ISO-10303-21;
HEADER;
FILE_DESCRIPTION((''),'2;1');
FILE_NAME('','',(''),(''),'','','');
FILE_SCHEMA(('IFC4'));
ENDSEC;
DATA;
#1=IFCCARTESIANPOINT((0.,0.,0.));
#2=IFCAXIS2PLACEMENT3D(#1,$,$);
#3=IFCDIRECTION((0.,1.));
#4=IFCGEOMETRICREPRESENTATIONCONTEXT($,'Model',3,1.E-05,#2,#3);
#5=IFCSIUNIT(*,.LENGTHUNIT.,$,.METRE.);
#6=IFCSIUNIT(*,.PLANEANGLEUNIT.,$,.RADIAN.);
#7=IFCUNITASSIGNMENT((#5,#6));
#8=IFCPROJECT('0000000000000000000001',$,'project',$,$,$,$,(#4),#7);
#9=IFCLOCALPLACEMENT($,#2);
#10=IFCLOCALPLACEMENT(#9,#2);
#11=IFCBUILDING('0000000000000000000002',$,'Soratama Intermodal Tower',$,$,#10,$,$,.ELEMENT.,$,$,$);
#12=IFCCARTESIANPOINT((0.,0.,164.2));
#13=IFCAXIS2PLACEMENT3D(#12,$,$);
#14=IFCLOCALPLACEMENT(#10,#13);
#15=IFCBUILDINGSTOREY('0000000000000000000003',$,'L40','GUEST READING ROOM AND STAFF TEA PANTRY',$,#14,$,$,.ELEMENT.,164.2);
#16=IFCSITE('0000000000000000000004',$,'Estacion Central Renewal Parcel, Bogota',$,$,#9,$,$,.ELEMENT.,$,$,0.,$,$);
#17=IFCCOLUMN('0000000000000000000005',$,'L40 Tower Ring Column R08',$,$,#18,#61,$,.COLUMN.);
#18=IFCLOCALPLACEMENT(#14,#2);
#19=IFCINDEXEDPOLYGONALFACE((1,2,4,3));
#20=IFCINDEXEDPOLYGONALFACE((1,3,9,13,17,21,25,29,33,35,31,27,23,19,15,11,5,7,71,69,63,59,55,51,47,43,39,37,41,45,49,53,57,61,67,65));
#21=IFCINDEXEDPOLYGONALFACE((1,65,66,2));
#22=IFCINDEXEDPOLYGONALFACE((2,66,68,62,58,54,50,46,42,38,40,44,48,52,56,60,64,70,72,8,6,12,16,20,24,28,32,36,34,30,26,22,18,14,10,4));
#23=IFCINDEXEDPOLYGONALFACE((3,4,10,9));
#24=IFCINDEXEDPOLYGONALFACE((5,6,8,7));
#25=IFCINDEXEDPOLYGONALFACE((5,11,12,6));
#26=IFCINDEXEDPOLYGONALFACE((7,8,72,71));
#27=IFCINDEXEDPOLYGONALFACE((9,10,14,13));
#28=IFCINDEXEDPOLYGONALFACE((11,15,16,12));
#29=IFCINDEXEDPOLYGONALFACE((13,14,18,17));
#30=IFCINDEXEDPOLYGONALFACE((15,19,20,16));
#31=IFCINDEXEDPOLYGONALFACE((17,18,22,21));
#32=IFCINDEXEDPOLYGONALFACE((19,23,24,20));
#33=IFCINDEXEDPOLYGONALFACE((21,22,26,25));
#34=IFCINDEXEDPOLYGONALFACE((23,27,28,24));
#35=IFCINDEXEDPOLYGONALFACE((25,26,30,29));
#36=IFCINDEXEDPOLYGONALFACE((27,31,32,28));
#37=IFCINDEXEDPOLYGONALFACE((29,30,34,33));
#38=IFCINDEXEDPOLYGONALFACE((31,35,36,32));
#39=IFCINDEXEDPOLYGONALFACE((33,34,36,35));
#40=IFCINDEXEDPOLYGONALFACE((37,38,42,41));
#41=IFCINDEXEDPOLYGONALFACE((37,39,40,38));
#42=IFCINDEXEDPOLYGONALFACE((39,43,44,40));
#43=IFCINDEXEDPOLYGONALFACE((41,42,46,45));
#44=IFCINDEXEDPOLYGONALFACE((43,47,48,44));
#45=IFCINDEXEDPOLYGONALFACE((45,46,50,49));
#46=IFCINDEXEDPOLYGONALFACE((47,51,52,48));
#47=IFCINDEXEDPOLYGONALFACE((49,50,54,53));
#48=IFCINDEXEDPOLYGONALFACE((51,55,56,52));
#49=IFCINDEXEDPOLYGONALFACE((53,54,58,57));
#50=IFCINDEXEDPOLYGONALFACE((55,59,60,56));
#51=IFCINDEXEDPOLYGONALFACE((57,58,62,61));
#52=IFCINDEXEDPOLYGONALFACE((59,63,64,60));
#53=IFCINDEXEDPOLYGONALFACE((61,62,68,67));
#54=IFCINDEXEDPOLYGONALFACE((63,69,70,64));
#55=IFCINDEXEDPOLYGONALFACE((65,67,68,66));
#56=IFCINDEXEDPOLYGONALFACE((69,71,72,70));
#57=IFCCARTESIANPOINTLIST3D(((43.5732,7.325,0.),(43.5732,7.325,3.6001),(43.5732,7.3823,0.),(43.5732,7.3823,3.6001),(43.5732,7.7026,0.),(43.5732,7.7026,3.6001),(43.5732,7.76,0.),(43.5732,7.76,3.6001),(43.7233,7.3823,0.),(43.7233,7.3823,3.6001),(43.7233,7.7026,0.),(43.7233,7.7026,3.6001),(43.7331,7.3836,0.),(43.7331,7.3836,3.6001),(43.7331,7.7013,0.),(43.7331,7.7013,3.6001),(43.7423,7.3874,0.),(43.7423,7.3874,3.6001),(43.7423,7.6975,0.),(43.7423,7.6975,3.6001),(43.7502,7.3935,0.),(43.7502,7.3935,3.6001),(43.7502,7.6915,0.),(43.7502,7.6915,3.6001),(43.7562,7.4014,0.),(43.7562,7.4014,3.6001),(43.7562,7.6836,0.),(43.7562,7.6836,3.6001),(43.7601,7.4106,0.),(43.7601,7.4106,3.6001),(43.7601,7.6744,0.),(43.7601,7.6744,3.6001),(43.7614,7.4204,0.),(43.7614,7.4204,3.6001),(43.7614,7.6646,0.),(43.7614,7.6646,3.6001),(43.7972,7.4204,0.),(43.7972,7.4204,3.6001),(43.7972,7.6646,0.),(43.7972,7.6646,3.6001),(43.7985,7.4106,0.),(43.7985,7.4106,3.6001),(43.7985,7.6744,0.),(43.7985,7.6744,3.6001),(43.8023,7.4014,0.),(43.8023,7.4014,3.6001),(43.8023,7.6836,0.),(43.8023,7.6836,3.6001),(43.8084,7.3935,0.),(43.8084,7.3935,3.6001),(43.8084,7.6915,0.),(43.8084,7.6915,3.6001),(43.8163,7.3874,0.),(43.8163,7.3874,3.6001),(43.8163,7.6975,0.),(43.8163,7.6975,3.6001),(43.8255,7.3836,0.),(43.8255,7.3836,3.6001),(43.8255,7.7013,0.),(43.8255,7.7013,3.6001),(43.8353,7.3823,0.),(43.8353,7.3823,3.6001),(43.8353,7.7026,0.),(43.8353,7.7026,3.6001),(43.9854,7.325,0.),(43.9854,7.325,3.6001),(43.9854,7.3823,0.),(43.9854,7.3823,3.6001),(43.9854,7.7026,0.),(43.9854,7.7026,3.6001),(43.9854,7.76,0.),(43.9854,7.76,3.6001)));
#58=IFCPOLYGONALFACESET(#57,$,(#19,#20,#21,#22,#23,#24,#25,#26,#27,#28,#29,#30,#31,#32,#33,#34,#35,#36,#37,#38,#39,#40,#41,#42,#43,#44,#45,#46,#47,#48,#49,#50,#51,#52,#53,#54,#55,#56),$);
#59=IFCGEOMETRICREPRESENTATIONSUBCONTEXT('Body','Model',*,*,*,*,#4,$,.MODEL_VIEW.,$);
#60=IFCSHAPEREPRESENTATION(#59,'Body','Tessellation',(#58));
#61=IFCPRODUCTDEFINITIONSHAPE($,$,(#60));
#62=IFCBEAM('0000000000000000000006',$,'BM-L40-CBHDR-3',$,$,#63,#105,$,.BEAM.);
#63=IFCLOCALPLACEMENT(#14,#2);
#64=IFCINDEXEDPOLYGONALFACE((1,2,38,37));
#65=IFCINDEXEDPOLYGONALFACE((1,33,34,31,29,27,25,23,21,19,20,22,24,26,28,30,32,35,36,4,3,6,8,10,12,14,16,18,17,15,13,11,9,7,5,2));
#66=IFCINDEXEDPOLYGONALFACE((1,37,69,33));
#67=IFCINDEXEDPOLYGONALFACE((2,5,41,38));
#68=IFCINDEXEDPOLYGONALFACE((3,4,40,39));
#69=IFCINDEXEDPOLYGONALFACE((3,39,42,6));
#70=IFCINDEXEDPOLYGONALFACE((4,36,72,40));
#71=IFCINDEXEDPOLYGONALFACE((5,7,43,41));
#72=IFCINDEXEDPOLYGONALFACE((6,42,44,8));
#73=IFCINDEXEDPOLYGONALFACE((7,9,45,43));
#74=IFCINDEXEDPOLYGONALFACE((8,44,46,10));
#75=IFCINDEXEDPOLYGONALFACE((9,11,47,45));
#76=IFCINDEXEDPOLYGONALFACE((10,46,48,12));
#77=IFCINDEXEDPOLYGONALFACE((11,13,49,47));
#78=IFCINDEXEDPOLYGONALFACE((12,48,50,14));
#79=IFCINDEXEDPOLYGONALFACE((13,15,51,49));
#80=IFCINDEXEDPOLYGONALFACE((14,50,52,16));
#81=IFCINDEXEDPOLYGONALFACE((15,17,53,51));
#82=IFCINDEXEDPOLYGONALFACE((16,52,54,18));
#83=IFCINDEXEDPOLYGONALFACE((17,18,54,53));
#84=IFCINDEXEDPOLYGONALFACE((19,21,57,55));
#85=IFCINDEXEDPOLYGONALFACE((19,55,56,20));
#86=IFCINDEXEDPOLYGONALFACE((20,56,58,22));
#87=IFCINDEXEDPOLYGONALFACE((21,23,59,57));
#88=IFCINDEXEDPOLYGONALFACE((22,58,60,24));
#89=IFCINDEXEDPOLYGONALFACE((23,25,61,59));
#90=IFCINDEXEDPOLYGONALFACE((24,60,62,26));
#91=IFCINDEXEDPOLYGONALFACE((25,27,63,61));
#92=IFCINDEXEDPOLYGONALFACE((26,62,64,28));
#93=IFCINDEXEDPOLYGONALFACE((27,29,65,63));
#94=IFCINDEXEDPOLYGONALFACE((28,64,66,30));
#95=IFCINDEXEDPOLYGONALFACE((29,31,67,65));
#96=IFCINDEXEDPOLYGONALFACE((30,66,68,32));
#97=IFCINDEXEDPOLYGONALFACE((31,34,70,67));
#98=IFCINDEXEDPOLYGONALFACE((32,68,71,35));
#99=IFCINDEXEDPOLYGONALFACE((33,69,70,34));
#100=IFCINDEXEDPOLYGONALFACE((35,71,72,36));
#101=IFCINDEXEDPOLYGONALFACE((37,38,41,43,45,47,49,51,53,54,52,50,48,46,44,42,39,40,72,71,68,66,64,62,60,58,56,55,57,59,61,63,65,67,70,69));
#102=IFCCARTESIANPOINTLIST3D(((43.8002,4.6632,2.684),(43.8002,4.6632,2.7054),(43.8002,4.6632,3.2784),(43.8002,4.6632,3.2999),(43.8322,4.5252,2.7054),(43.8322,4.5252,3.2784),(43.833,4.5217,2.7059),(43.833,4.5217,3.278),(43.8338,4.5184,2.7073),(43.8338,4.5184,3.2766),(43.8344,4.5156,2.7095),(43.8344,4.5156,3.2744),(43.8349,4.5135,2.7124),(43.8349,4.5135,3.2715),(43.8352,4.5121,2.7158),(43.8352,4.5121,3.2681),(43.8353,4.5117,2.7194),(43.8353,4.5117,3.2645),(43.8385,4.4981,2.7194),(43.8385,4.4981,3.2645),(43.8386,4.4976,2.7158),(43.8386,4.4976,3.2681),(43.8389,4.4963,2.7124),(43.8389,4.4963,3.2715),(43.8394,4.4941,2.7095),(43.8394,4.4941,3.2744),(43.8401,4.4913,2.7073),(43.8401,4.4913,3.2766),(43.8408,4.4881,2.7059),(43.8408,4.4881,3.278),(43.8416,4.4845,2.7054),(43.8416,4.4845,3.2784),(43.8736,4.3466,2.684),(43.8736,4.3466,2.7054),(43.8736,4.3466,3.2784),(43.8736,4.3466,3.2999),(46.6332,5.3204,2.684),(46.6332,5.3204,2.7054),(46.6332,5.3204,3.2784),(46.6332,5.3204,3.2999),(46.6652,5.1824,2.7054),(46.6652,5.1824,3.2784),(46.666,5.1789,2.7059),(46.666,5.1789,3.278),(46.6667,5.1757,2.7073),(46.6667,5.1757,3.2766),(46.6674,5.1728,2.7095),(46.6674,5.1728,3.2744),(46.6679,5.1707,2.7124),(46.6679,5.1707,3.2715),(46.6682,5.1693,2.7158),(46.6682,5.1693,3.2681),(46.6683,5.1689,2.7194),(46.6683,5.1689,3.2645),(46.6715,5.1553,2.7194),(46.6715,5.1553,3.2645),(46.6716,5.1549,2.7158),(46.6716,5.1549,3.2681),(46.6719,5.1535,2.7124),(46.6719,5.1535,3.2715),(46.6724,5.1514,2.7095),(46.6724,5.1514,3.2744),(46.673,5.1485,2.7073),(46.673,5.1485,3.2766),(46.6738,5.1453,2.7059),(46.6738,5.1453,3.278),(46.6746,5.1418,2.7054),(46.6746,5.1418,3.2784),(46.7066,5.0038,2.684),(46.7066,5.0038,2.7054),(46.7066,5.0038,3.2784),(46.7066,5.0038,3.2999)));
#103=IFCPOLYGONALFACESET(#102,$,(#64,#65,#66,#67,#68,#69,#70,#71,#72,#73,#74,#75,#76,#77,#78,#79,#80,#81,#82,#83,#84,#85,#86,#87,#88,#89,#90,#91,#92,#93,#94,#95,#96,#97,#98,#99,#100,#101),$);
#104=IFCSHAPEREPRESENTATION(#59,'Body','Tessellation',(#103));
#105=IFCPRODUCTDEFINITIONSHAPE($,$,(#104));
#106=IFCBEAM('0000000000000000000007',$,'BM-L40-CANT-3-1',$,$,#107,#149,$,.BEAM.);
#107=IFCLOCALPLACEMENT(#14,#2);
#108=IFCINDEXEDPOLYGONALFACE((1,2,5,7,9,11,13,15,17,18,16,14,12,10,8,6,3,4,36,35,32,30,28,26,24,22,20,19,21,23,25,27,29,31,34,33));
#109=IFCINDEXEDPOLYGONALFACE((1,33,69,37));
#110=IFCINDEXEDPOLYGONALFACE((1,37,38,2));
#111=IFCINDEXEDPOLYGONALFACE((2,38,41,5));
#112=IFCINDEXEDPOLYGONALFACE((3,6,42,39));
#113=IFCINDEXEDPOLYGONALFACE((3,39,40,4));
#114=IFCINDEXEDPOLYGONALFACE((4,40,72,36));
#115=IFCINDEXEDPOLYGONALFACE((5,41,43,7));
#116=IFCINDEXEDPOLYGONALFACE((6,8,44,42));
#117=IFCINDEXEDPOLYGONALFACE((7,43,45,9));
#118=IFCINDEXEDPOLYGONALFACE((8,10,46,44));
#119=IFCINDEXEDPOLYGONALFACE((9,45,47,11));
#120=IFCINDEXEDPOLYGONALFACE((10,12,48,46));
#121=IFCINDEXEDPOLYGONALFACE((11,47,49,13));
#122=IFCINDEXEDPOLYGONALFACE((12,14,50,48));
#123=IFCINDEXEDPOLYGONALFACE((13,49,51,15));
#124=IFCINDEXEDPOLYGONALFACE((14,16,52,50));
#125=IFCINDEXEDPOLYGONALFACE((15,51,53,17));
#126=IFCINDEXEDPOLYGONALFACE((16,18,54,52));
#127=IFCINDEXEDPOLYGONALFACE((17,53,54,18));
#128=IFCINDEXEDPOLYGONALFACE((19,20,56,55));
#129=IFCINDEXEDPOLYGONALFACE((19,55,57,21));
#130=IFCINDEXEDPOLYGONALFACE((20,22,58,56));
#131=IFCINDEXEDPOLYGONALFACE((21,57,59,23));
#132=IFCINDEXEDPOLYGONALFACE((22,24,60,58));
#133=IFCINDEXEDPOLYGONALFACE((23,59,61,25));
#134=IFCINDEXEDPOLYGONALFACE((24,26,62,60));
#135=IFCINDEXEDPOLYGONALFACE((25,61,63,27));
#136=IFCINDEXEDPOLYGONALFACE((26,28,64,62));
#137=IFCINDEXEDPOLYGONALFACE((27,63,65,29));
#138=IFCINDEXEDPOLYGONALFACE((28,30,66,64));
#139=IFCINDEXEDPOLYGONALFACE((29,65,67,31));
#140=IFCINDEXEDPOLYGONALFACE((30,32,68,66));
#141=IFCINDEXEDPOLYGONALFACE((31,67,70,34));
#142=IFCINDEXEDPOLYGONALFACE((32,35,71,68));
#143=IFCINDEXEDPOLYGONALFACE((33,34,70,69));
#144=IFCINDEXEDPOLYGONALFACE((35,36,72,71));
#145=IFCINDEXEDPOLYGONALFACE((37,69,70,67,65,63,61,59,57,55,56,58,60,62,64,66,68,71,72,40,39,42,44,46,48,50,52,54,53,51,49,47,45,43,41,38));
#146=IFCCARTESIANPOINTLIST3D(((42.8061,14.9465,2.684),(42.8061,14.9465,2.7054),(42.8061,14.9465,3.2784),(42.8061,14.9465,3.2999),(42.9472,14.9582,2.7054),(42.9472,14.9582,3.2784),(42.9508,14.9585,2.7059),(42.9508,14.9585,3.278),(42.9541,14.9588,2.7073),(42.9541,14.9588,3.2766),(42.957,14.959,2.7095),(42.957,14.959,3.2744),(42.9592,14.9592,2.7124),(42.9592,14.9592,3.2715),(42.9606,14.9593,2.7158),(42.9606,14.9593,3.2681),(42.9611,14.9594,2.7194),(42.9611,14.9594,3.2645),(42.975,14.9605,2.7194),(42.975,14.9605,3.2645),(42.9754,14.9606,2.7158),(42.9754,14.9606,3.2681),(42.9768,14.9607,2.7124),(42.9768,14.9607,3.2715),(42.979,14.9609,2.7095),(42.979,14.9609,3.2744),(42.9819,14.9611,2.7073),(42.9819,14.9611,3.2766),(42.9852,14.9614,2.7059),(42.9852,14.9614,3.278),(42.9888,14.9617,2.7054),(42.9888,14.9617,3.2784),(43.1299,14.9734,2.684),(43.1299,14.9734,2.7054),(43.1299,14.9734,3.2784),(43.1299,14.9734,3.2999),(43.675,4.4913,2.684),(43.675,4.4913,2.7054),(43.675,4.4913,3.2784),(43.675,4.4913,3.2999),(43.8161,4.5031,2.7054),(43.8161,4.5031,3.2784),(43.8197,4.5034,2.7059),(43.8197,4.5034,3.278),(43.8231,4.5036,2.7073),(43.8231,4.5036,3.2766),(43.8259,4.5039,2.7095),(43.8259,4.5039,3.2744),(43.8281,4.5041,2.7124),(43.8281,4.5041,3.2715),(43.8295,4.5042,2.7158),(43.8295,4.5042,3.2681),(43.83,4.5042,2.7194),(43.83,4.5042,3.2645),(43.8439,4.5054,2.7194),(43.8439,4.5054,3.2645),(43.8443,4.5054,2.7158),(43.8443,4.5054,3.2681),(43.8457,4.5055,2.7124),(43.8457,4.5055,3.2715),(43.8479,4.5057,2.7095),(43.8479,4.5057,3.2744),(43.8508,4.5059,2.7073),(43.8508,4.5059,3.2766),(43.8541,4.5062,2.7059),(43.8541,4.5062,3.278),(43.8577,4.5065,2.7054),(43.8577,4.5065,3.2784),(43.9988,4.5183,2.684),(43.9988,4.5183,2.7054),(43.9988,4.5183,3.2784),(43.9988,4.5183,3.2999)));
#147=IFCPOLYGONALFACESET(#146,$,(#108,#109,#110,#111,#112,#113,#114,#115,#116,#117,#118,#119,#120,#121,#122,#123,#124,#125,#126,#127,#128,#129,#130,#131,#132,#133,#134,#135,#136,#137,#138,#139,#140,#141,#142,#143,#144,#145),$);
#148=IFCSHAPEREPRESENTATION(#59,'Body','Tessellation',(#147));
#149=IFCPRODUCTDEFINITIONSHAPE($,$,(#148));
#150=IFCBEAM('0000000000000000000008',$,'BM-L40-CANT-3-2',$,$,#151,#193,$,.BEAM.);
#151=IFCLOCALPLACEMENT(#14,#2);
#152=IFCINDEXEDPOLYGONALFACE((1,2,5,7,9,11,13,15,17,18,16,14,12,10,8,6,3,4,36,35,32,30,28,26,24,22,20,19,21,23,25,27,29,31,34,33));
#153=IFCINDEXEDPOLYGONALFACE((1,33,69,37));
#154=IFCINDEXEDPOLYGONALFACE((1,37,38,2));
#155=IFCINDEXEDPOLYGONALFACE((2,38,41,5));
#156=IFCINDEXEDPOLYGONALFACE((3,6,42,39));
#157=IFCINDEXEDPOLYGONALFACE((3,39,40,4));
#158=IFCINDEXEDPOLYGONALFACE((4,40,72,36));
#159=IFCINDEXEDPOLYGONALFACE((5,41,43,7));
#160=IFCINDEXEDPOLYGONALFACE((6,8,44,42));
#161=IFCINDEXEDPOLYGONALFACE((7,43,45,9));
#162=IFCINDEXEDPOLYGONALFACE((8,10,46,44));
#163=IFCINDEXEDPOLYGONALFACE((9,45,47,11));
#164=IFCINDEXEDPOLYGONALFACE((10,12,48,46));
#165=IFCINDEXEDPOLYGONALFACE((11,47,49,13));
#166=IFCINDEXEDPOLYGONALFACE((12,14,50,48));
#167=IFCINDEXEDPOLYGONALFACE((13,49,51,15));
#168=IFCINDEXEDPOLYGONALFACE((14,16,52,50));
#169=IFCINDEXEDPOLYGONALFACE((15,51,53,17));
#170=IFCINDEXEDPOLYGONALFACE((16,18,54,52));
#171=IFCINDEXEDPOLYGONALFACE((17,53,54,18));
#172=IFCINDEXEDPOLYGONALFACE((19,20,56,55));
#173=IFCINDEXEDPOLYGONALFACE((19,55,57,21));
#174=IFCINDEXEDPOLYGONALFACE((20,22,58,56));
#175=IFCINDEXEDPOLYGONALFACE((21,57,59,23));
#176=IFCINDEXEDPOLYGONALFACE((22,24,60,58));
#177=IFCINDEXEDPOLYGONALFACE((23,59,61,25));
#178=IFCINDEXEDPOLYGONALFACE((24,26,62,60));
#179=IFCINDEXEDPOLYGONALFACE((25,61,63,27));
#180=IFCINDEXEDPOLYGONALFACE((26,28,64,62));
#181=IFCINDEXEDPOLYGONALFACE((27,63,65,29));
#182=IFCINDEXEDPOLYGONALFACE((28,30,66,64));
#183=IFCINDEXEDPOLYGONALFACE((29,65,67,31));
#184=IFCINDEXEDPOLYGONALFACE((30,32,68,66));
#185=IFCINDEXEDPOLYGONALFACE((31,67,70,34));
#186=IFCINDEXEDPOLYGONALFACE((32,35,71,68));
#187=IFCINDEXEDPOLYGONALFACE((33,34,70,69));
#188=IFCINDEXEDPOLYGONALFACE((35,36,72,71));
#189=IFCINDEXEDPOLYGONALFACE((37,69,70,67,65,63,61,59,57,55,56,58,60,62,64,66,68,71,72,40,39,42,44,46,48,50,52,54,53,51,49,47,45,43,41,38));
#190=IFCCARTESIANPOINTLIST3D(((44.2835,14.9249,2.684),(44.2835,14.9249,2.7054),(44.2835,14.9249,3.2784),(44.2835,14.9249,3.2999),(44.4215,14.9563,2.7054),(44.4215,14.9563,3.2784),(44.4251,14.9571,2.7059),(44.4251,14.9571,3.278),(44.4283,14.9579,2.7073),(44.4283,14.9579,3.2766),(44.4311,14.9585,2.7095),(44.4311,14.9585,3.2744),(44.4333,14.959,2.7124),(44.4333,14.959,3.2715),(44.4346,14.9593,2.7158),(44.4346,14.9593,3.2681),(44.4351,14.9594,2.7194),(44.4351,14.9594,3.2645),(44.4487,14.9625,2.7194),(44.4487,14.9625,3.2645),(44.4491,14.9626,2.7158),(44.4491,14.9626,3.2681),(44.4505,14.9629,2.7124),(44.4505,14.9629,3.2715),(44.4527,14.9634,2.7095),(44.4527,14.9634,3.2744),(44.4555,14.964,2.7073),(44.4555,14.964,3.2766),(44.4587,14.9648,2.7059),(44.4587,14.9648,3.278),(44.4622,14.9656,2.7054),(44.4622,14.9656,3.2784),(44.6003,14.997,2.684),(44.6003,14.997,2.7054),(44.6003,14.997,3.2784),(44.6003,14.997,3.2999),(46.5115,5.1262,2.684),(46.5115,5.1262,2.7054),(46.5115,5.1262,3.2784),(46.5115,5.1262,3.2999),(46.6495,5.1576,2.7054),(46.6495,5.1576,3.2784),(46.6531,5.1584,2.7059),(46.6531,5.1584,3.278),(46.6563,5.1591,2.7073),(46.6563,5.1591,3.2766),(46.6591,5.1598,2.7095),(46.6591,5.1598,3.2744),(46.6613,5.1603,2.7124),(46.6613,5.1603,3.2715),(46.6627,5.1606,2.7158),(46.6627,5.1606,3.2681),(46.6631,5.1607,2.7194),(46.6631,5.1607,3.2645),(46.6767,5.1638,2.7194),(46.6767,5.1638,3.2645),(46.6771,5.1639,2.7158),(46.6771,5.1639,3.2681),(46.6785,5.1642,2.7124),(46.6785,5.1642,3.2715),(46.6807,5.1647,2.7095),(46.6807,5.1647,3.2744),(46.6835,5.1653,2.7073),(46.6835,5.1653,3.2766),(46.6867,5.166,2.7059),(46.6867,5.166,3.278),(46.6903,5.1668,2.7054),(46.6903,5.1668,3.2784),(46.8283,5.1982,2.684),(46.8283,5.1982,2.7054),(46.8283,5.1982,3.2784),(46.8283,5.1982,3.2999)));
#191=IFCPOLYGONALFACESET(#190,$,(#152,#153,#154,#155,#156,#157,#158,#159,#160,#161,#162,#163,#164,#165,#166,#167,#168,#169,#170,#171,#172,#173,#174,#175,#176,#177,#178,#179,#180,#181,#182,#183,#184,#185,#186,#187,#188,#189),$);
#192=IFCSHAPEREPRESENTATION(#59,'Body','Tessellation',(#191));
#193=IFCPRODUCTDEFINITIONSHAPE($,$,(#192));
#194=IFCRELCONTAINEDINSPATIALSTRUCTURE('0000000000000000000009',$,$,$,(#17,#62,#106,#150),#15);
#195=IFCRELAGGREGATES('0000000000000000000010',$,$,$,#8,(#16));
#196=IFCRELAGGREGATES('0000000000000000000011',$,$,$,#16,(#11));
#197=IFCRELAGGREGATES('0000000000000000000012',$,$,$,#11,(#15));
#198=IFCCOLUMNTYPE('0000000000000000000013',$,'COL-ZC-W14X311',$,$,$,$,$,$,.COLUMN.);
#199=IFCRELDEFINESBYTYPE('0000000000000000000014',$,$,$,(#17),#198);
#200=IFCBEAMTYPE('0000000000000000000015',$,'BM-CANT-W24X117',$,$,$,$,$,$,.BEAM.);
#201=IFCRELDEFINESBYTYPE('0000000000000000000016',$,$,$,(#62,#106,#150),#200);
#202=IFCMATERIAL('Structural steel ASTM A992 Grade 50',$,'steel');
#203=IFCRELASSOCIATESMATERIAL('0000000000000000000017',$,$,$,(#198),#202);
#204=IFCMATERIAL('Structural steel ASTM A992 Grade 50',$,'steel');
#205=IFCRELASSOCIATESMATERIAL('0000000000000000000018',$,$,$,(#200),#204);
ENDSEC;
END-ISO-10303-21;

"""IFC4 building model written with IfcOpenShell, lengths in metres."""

from ifc_helpers import new_model, si_unit, direction, frame, origin, origin_2d, place, context, subcontext, project, spatial, i_section, extrude, material, material_profile, profile_set, type_object, element, save


model = new_model("IFC4")

# Units and contexts
model_context = context("Model", 3, precision=1e-05, world=origin(), true_north=direction((0.0, 1.0)))
body_context = subcontext(model_context, "Body", "Model", "MODEL_VIEW")
ifc_project = project(units=[si_unit("LENGTHUNIT", "METRE"), si_unit("PLANEANGLEUNIT", "RADIAN")], contexts=[model_context])

# Site, building, storey
site_placement = place(None, origin())
site = spatial("IfcSite", under=ifc_project, at=site_placement, Name="Estacion Central Renewal Parcel, Bogota", CompositionType="ELEMENT", RefElevation=0.0)
building_placement = place(site_placement, origin())
building = spatial("IfcBuilding", under=site, at=building_placement, Name="Soratama Intermodal Tower", CompositionType="ELEMENT")
storey_placement = place(building_placement, frame((0.0, 0.0, 164.2)))
storey = spatial("IfcBuildingStorey", under=building, at=storey_placement, Name="L40", Description="GUEST READING ROOM AND STAFF TEA PANTRY", CompositionType="ELEMENT", Elevation=164.2)

# Column
ifc_material_1 = material(Name="Structural steel ASTM A992 Grade 50", Category="steel")
ifc_material_profile_1 = material_profile(ifc_material_1, i_section(OverallWidth=0.4121, OverallDepth=0.4351, WebThickness=0.0359, FlangeThickness=0.0574, FilletRadius=0.0381, at=origin_2d()), Name="W14X311")
ifc_profile_set_1 = profile_set([ifc_material_profile_1], Name="Structural steel ASTM A992 Grade 50")
column_type = type_object("IfcColumnType", Name="COL-ZC-W14X311", PredefinedType="COLUMN", material=ifc_profile_set_1)
column_placement = place(storey_placement, frame((43.7793, 7.5425, 0.0), z_axis=(0.0, 0.0, 1.0), x_axis=(1.0, 0.0, 0.0)))
element("IfcColumn", 1, at=column_placement, inside=storey, type_object=column_type, Name="L40 Tower Ring Column R08", PredefinedType="COLUMN", context=body_context, shape_type="SweptSolid", body=[
    extrude(i_section(OverallWidth=0.4121, OverallDepth=0.4351, WebThickness=0.0359, FlangeThickness=0.0574, FilletRadius=0.0381, at=origin_2d()), origin(), (0.0, 0.0, 1.0), 3.6001),
])

# Beams
ifc_material_2 = material(Name="Structural steel ASTM A992 Grade 50", Category="steel")
ifc_material_profile_2 = material_profile(ifc_material_2, i_section(OverallWidth=0.325, OverallDepth=0.616, WebThickness=0.0139, FlangeThickness=0.0215, FilletRadius=0.0139, at=origin_2d()), Name="W24X117")
ifc_profile_set_2 = profile_set([ifc_material_profile_2], Name="Structural steel ASTM A992 Grade 50")
beam_type_1 = type_object("IfcBeamType", Name="BM-CANT-W24X117", PredefinedType="BEAM", material=ifc_profile_set_2)
beam_1_placement = place(storey_placement, frame((43.8369, 4.5049, 2.9919), z_axis=(0.97413, 0.225987, 0.0), x_axis=(-0.225987, 0.97413, 0.0)))
element("IfcBeam", 2, at=beam_1_placement, inside=storey, type_object=beam_type_1, Name="BM-L40-CBHDR-3", PredefinedType="BEAM", context=body_context, shape_type="SweptSolid", body=[
    extrude(i_section(OverallWidth=0.325, OverallDepth=0.616, WebThickness=0.0139, FlangeThickness=0.0215, FilletRadius=0.0139, at=origin_2d()), origin(), (0.0, 0.0, 1.0), 2.9082),
])
beam_2_placement = place(storey_placement, frame((42.968, 14.96, 2.9919), z_axis=(0.082822, -0.996564, 0.0), x_axis=(0.996564, 0.082822, 0.0)))
element("IfcBeam", 3, at=beam_2_placement, inside=storey, type_object=beam_type_1, Name="BM-L40-CANT-3-1", PredefinedType="BEAM", context=body_context, shape_type="SweptSolid", body=[
    extrude(i_section(OverallWidth=0.325, OverallDepth=0.616, WebThickness=0.0139, FlangeThickness=0.0215, FilletRadius=0.0139, at=origin_2d()), origin(), (0.0, 0.0, 1.0), 10.4912),
])
beam_3_placement = place(storey_placement, frame((44.4419, 14.9609, 2.9919), z_axis=(0.221718, -0.975111, 0.0), x_axis=(0.975111, 0.221718, 0.0)))
element("IfcBeam", 4, at=beam_3_placement, inside=storey, type_object=beam_type_1, Name="BM-L40-CANT-3-2", PredefinedType="BEAM", context=body_context, shape_type="SweptSolid", body=[
    extrude(i_section(OverallWidth=0.325, OverallDepth=0.616, WebThickness=0.0139, FlangeThickness=0.0215, FilletRadius=0.0139, at=origin_2d()), origin(), (0.0, 0.0, 1.0), 10.0488),
])

save(model, "model.ifc")
